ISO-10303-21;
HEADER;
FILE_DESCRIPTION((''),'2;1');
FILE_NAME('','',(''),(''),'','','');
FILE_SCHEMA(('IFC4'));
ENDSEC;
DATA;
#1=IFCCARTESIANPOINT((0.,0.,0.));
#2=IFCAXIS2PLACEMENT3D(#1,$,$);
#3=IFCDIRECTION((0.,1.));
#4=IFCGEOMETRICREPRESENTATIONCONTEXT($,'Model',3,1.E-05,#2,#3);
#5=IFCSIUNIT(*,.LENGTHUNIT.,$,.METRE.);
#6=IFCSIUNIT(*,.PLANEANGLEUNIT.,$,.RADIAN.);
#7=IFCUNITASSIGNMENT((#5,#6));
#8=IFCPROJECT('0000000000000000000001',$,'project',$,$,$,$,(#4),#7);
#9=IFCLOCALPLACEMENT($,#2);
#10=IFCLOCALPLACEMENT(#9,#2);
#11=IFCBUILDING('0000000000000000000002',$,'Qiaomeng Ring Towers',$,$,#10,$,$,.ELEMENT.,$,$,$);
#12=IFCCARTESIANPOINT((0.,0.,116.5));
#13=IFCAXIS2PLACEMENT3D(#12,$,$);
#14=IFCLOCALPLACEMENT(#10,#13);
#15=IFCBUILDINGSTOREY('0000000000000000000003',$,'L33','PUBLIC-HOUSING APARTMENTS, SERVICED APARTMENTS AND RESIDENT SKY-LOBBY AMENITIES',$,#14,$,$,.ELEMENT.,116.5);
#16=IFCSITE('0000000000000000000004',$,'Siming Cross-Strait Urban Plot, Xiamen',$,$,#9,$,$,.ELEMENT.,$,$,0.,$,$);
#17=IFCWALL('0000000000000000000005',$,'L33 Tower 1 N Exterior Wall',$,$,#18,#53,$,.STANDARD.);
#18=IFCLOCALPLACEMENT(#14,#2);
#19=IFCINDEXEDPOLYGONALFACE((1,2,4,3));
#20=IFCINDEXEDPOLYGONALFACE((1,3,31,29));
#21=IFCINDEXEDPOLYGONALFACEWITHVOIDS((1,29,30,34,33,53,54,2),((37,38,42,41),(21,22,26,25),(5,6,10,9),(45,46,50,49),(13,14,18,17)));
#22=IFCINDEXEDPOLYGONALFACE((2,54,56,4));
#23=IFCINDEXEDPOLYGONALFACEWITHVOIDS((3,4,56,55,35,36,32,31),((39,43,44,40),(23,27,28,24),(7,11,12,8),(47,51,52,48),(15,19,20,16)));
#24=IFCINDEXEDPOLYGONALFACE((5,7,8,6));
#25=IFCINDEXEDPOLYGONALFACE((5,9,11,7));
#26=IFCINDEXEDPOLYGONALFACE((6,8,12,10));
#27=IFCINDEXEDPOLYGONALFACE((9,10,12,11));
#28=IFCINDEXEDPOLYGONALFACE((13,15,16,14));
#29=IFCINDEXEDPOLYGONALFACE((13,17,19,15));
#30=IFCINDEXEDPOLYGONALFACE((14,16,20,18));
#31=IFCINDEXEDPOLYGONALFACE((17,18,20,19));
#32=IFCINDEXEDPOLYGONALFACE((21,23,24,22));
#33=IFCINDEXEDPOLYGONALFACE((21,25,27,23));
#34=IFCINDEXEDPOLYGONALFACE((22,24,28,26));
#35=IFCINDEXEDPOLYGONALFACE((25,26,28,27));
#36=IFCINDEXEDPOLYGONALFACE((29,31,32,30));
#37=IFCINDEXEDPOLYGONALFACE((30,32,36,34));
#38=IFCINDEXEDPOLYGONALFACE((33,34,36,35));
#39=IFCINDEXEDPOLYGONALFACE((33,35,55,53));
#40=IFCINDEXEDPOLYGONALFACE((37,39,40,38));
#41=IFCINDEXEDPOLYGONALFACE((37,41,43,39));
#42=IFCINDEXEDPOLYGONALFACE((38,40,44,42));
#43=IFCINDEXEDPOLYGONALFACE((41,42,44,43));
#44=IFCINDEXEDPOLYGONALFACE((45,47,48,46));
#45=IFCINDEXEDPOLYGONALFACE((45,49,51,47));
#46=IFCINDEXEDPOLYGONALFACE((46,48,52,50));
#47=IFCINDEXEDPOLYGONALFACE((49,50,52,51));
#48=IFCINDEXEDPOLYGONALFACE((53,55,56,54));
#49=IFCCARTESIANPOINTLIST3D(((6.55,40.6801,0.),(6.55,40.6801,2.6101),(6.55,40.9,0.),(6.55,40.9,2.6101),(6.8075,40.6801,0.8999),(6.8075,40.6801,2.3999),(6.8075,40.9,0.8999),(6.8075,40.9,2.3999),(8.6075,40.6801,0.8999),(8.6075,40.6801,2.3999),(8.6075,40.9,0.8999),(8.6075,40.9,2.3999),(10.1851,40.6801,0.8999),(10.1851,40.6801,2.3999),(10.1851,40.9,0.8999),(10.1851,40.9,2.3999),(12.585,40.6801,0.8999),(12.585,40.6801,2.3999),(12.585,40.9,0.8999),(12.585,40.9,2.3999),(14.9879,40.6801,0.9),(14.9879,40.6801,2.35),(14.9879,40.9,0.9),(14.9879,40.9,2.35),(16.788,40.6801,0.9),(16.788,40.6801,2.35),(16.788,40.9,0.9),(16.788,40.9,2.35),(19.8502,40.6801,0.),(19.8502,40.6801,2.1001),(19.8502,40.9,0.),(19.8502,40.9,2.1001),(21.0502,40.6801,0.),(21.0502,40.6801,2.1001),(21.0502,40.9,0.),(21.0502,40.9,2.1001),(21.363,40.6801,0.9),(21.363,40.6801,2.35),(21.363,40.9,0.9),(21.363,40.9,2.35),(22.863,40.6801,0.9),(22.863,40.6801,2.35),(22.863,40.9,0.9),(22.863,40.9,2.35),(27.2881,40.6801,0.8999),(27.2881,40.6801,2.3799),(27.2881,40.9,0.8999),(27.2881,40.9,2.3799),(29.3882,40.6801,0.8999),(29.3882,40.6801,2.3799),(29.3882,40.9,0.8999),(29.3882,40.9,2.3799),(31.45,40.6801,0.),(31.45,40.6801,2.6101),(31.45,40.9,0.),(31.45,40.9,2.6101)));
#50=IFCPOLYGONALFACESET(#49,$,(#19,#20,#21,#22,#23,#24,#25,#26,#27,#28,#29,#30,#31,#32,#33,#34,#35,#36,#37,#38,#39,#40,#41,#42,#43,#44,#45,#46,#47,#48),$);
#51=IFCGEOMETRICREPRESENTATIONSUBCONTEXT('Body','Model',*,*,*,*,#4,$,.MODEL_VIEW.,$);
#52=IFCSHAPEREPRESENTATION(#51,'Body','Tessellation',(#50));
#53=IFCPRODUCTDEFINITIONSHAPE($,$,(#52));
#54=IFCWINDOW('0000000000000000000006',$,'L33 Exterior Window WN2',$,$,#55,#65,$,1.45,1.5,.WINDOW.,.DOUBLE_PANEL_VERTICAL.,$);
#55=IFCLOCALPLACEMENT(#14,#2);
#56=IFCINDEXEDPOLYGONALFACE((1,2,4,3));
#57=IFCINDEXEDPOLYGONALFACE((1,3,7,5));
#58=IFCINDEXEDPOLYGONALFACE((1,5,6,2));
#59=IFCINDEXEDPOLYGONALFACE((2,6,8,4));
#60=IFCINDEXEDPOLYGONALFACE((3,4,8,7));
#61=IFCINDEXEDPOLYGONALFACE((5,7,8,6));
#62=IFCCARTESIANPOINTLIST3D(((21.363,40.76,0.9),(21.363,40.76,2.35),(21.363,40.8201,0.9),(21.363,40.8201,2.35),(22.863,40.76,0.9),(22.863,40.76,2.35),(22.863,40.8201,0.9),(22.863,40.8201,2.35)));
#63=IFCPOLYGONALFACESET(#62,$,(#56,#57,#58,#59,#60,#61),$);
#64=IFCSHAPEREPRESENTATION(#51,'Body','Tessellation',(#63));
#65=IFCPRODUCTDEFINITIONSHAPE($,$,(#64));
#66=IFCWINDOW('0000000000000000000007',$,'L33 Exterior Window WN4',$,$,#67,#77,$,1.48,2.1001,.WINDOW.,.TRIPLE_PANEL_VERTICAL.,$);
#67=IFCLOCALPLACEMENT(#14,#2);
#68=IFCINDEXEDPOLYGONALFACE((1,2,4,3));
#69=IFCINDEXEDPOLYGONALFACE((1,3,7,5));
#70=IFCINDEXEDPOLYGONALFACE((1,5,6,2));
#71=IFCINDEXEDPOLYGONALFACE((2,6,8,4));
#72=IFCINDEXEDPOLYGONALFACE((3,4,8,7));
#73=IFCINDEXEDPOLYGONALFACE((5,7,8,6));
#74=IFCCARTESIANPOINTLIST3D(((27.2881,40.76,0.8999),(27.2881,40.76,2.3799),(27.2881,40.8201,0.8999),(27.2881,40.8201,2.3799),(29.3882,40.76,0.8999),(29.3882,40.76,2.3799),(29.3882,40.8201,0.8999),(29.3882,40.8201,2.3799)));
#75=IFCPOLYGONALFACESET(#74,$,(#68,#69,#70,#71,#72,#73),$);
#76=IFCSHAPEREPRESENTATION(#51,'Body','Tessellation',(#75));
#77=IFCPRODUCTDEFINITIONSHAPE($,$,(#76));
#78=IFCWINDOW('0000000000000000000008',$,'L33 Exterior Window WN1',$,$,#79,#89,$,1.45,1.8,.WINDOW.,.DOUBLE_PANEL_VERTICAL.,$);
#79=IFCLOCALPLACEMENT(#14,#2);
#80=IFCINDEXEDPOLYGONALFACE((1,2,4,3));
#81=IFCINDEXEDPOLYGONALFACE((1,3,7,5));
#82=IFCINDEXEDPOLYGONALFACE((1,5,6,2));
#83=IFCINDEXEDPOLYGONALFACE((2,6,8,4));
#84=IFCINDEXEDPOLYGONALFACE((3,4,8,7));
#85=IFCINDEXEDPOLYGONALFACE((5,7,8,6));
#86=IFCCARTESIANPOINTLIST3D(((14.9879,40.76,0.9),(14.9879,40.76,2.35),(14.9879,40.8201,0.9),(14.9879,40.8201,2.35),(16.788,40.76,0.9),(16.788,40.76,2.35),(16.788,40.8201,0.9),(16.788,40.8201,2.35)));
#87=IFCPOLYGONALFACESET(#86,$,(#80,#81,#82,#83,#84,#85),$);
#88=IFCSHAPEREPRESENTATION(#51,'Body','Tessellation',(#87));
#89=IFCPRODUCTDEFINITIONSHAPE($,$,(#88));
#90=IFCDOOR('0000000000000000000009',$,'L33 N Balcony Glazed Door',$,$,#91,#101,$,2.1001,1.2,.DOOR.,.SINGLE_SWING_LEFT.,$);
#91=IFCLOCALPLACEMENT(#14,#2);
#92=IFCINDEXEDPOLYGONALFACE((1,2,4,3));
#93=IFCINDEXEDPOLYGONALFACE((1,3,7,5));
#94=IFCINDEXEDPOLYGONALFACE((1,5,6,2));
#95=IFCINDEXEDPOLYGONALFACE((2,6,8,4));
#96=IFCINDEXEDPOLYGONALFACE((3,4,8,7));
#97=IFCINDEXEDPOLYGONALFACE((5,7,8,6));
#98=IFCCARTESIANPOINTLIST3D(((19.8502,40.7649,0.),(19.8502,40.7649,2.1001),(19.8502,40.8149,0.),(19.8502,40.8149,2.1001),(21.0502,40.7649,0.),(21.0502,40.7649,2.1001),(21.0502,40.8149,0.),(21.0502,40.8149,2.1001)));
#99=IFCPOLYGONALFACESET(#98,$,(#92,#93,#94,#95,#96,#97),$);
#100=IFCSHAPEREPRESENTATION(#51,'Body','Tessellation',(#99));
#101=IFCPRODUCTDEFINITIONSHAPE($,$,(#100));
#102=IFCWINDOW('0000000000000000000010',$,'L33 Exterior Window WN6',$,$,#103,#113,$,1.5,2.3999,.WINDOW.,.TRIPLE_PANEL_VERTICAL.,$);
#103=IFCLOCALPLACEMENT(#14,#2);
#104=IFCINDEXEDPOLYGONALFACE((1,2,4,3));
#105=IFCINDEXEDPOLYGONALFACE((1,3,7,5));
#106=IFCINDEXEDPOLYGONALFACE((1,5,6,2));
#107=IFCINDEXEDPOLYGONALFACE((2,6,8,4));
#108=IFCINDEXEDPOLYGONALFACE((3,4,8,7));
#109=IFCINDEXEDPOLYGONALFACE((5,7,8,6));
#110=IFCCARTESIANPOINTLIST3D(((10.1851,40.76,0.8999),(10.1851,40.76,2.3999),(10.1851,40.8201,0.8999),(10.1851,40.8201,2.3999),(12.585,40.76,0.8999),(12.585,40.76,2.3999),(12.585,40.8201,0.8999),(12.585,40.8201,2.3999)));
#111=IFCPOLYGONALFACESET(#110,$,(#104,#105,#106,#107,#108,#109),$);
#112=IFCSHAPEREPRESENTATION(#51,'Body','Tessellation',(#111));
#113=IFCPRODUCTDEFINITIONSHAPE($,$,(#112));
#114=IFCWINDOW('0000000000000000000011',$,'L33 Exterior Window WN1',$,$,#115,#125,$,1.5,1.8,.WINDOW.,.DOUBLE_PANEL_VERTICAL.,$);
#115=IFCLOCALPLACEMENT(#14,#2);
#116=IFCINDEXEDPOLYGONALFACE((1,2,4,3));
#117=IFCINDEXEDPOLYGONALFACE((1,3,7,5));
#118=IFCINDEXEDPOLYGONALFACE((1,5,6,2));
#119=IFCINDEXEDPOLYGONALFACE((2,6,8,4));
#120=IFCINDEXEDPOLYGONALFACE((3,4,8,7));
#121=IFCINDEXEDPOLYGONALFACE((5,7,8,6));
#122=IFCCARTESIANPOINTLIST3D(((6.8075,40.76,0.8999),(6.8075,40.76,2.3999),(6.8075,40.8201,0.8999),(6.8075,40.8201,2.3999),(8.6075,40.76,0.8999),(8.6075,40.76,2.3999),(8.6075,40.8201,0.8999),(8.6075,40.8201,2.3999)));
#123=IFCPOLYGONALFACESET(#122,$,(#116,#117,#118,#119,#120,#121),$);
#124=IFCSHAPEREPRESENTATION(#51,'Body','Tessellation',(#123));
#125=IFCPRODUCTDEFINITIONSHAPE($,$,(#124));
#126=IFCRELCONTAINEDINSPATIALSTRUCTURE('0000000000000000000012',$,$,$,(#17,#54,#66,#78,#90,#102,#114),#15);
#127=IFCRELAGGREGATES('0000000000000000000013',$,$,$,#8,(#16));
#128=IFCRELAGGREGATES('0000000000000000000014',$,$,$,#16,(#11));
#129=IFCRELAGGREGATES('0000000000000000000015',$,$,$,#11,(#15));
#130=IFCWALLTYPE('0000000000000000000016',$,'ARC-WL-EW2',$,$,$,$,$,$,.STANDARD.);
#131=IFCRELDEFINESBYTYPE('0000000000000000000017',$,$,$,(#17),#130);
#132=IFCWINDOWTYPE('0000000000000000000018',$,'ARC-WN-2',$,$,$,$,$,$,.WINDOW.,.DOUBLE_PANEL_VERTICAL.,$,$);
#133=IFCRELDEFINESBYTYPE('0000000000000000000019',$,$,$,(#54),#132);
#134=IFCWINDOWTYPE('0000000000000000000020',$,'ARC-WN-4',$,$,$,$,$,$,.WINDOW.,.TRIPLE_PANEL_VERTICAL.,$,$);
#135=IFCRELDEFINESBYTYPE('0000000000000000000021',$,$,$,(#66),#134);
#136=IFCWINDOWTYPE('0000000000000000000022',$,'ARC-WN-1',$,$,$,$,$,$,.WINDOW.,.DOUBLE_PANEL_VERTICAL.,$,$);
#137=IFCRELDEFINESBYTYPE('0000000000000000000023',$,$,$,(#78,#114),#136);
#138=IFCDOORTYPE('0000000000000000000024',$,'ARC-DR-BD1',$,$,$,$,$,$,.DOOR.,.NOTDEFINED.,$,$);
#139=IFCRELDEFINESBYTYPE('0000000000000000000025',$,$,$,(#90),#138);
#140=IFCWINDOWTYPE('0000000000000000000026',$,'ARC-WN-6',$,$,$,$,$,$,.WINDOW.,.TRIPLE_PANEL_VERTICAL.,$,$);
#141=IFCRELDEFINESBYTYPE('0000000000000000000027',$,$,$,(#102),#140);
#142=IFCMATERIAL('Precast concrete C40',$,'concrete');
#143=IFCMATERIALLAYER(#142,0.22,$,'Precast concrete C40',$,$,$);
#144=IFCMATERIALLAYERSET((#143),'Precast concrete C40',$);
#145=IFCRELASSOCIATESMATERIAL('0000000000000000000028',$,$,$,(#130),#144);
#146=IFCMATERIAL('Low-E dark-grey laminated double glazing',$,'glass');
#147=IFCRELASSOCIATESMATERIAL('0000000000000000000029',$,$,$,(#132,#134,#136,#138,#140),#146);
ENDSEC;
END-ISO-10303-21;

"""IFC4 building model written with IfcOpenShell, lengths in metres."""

from ifc_helpers import new_model, si_unit, direction, frame, frame_2d, origin, place, context, subcontext, project, spatial, rectangle, extrude, source, transform, mapped, material, layer, layer_set, type_object, element, fill, save


model = new_model("IFC4")

# Units and contexts
model_context = context("Model", 3, precision=1e-05, world=origin(), true_north=direction((0.0, 1.0)))
body_context = subcontext(model_context, "Body", "Model", "MODEL_VIEW")
ifc_project = project(units=[si_unit("LENGTHUNIT", "METRE"), si_unit("PLANEANGLEUNIT", "RADIAN")], contexts=[model_context])

# Site, building, storey
site_placement = place(None, origin())
site = spatial("IfcSite", under=ifc_project, at=site_placement, Name="Siming Cross-Strait Urban Plot, Xiamen", CompositionType="ELEMENT", RefElevation=0.0)
building_placement = place(site_placement, origin())
building = spatial("IfcBuilding", under=site, at=building_placement, Name="Qiaomeng Ring Towers", CompositionType="ELEMENT")
storey_placement = place(building_placement, frame((0.0, 0.0, 116.5)))
storey = spatial("IfcBuildingStorey", under=building, at=storey_placement, Name="L33", Description="PUBLIC-HOUSING APARTMENTS, SERVICED APARTMENTS AND RESIDENT SKY-LOBBY AMENITIES", CompositionType="ELEMENT", Elevation=116.5)

# Shared definitions
ifc_material_1 = material(Name="Low-E dark-grey laminated double glazing", Category="glass")

# Wall, openings, windows, door
ifc_material_2 = material(Name="Precast concrete C40", Category="concrete")
ifc_layer_1 = layer(ifc_material_2, 0.22, Name="Precast concrete C40")
ifc_layer_set_1 = layer_set([ifc_layer_1], Name="Precast concrete C40")
wall_type_1 = type_object("IfcWallType", Name="ARC-WL-EW2", PredefinedType="STANDARD", material=ifc_layer_set_1)
wall_1_placement = place(storey_placement, frame((6.55, 40.79, 0.0), z_axis=(0.0, 0.0, 1.0), x_axis=(1.0, 0.0, 0.0)))
wall_1 = element("IfcWall", 1, at=wall_1_placement, inside=storey, type_object=wall_type_1, Name="L33 Tower 1 N Exterior Wall", PredefinedType="STANDARD", context=body_context, shape_type="SweptSolid", body=[
    extrude(rectangle(XDim=24.8999, YDim=0.22, at=frame_2d((12.45, 0.0))), origin(), (0.0, 0.0, 1.0), 2.6101),
])
opening_1_placement = place(wall_1_placement, frame((13.3, 0.0, 0.0)))
opening_1 = element("IfcOpeningElement", 2, at=opening_1_placement, cuts=wall_1, PredefinedType="OPENING", context=body_context, shape_type="SweptSolid", body=[
    extrude(rectangle(XDim=1.2, YDim=2.1001, at=frame_2d((0.6001, 1.05))), frame((0.0, 0.1199, 0.0), z_axis=(0.0, -1.0, 0.0), x_axis=(1.0, 0.0, 0.0)), (0.0, 0.0, 1.0), 0.24),
])
opening_2_placement = place(wall_1_placement, frame((3.635, 0.0, 0.8999)))
opening_2 = element("IfcOpeningElement", 3, at=opening_2_placement, cuts=wall_1, PredefinedType="OPENING", context=body_context, shape_type="SweptSolid", body=[
    extrude(rectangle(XDim=2.3999, YDim=1.5, at=frame_2d((1.2, 0.75))), frame((0.0, 0.1199, 0.0), z_axis=(0.0, -1.0, 0.0), x_axis=(1.0, 0.0, 0.0)), (0.0, 0.0, 1.0), 0.24),
])
opening_3_placement = place(wall_1_placement, frame((8.438, 0.0, 0.8999)))
opening_3 = element("IfcOpeningElement", 4, at=opening_3_placement, cuts=wall_1, PredefinedType="OPENING", context=body_context, shape_type="SweptSolid", body=[
    extrude(rectangle(XDim=1.8, YDim=1.45, at=frame_2d((0.8999, 0.7251))), frame((0.0, 0.1199, 0.0), z_axis=(0.0, -1.0, 0.0), x_axis=(1.0, 0.0, 0.0)), (0.0, 0.0, 1.0), 0.24),
])
opening_4_placement = place(wall_1_placement, frame((14.813, 0.0, 0.8999)))
opening_4 = element("IfcOpeningElement", 5, at=opening_4_placement, cuts=wall_1, PredefinedType="OPENING", context=body_context, shape_type="SweptSolid", body=[
    extrude(rectangle(XDim=1.5, YDim=1.45, at=frame_2d((0.75, 0.7251))), frame((0.0, 0.1199, 0.0), z_axis=(0.0, -1.0, 0.0), x_axis=(1.0, 0.0, 0.0)), (0.0, 0.0, 1.0), 0.24),
])
opening_5_placement = place(wall_1_placement, frame((20.738, 0.0, 0.8999)))
opening_5 = element("IfcOpeningElement", 6, at=opening_5_placement, cuts=wall_1, PredefinedType="OPENING", context=body_context, shape_type="SweptSolid", body=[
    extrude(rectangle(XDim=2.1001, YDim=1.48, at=frame_2d((1.05, 0.74))), frame((0.0, 0.1199, 0.0), z_axis=(0.0, -1.0, 0.0), x_axis=(1.0, 0.0, 0.0)), (0.0, 0.0, 1.0), 0.24),
])
opening_6_placement = place(wall_1_placement, frame((0.2576, 0.0, 0.8999)))
opening_6 = element("IfcOpeningElement", 7, at=opening_6_placement, cuts=wall_1, PredefinedType="OPENING", context=body_context, shape_type="SweptSolid", body=[
    extrude(rectangle(XDim=1.8, YDim=1.5, at=frame_2d((0.8999, 0.75))), frame((0.0, 0.1199, 0.0), z_axis=(0.0, -1.0, 0.0), x_axis=(1.0, 0.0, 0.0)), (0.0, 0.0, 1.0), 0.24),
])
window_type_1 = type_object("IfcWindowType", Name="ARC-WN-2", PartitioningType="DOUBLE_PANEL_VERTICAL", PredefinedType="WINDOW", material=ifc_material_1)
shared_shape_1 = source(origin(), body_context, "Body", "SweptSolid", [
    extrude(rectangle(XDim=1.5, YDim=1.45, at=frame_2d((0.75, 0.7251))), frame((0.0, 0.03, 0.0), z_axis=(0.0, -1.0, 0.0), x_axis=(1.0, 0.0, 0.0)), (0.0, 0.0, 1.0), 0.0601),
])
window_1_placement = place(opening_4_placement, origin())
window_1 = element("IfcWindow", 8, at=window_1_placement, inside=storey, type_object=window_type_1, Name="L33 Exterior Window WN2", OverallHeight=1.45, OverallWidth=1.5, PartitioningType="DOUBLE_PANEL_VERTICAL", PredefinedType="WINDOW", context=body_context, shape_type="MappedRepresentation", body=[
    mapped(shared_shape_1, transform((0.0, 0.0, 0.0), x_axis=(1.0, 0.0, 0.0), y_axis=(0.0, 1.0, 0.0), z_axis=(0.0, 0.0, 1.0), scale=1.0)),
])
fill(opening_4, window_1)
window_type_2 = type_object("IfcWindowType", Name="ARC-WN-4", PartitioningType="TRIPLE_PANEL_VERTICAL", PredefinedType="WINDOW", material=ifc_material_1)
shared_shape_2 = source(origin(), body_context, "Body", "SweptSolid", [
    extrude(rectangle(XDim=2.1001, YDim=1.48, at=frame_2d((1.05, 0.74))), frame((0.0, 0.03, 0.0), z_axis=(0.0, -1.0, 0.0), x_axis=(1.0, 0.0, 0.0)), (0.0, 0.0, 1.0), 0.0601),
])
window_2_placement = place(opening_5_placement, origin())
window_2 = element("IfcWindow", 9, at=window_2_placement, inside=storey, type_object=window_type_2, Name="L33 Exterior Window WN4", OverallHeight=1.48, OverallWidth=2.1001, PartitioningType="TRIPLE_PANEL_VERTICAL", PredefinedType="WINDOW", context=body_context, shape_type="MappedRepresentation", body=[
    mapped(shared_shape_2, transform((0.0, 0.0, 0.0), x_axis=(1.0, 0.0, 0.0), y_axis=(0.0, 1.0, 0.0), z_axis=(0.0, 0.0, 1.0), scale=1.0)),
])
fill(opening_5, window_2)
window_type_3 = type_object("IfcWindowType", Name="ARC-WN-1", PartitioningType="DOUBLE_PANEL_VERTICAL", PredefinedType="WINDOW", material=ifc_material_1)
shared_shape_3 = source(origin(), body_context, "Body", "SweptSolid", [
    extrude(rectangle(XDim=1.8, YDim=1.45, at=frame_2d((0.8999, 0.7251))), frame((0.0, 0.03, 0.0), z_axis=(0.0, -1.0, 0.0), x_axis=(1.0, 0.0, 0.0)), (0.0, 0.0, 1.0), 0.0601),
])
window_3_placement = place(opening_3_placement, origin())
window_3 = element("IfcWindow", 10, at=window_3_placement, inside=storey, type_object=window_type_3, Name="L33 Exterior Window WN1", OverallHeight=1.45, OverallWidth=1.8, PartitioningType="DOUBLE_PANEL_VERTICAL", PredefinedType="WINDOW", context=body_context, shape_type="MappedRepresentation", body=[
    mapped(shared_shape_3, transform((0.0, 0.0, 0.0), x_axis=(1.0, 0.0, 0.0), y_axis=(0.0, 1.0, 0.0), z_axis=(0.0, 0.0, 1.0), scale=1.0)),
])
fill(opening_3, window_3)
door_type_1 = type_object("IfcDoorType", Name="ARC-DR-BD1", OperationType="NOTDEFINED", PredefinedType="DOOR", material=ifc_material_1)
shared_shape_4 = source(origin(), body_context, "Body", "SweptSolid", [
    extrude(rectangle(XDim=1.2, YDim=2.1001, at=frame_2d((0.6001, 1.05))), frame((0.0, 0.0249, 0.0), z_axis=(0.0, -1.0, 0.0), x_axis=(1.0, 0.0, 0.0)), (0.0, 0.0, 1.0), 0.05),
])
door_1_placement = place(opening_1_placement, origin())
door_1 = element("IfcDoor", 11, at=door_1_placement, inside=storey, type_object=door_type_1, Name="L33 N Balcony Glazed Door", OperationType="SINGLE_SWING_LEFT", OverallHeight=2.1001, OverallWidth=1.2, PredefinedType="DOOR", context=body_context, shape_type="MappedRepresentation", body=[
    mapped(shared_shape_4, transform((0.0, 0.0, 0.0), x_axis=(1.0, 0.0, 0.0), y_axis=(0.0, 1.0, 0.0), z_axis=(0.0, 0.0, 1.0), scale=1.0)),
])
fill(opening_1, door_1)
window_type_4 = type_object("IfcWindowType", Name="ARC-WN-6", PartitioningType="TRIPLE_PANEL_VERTICAL", PredefinedType="WINDOW", material=ifc_material_1)
shared_shape_5 = source(origin(), body_context, "Body", "SweptSolid", [
    extrude(rectangle(XDim=2.3999, YDim=1.5, at=frame_2d((1.2, 0.75))), frame((0.0, 0.03, 0.0), z_axis=(0.0, -1.0, 0.0), x_axis=(1.0, 0.0, 0.0)), (0.0, 0.0, 1.0), 0.0601),
])
window_4_placement = place(opening_2_placement, origin())
window_4 = element("IfcWindow", 12, at=window_4_placement, inside=storey, type_object=window_type_4, Name="L33 Exterior Window WN6", OverallHeight=1.5, OverallWidth=2.3999, PartitioningType="TRIPLE_PANEL_VERTICAL", PredefinedType="WINDOW", context=body_context, shape_type="MappedRepresentation", body=[
    mapped(shared_shape_5, transform((0.0, 0.0, 0.0), x_axis=(1.0, 0.0, 0.0), y_axis=(0.0, 1.0, 0.0), z_axis=(0.0, 0.0, 1.0), scale=1.0)),
])
fill(opening_2, window_4)
shared_shape_6 = source(origin(), body_context, "Body", "SweptSolid", [
    extrude(rectangle(XDim=1.8, YDim=1.5, at=frame_2d((0.8999, 0.75))), frame((0.0, 0.03, 0.0), z_axis=(0.0, -1.0, 0.0), x_axis=(1.0, 0.0, 0.0)), (0.0, 0.0, 1.0), 0.0601),
])
window_5_placement = place(opening_6_placement, origin())
window_5 = element("IfcWindow", 13, at=window_5_placement, inside=storey, type_object=window_type_3, Name="L33 Exterior Window WN1", OverallHeight=1.5, OverallWidth=1.8, PartitioningType="DOUBLE_PANEL_VERTICAL", PredefinedType="WINDOW", context=body_context, shape_type="MappedRepresentation", body=[
    mapped(shared_shape_6, transform((0.0, 0.0, 0.0), x_axis=(1.0, 0.0, 0.0), y_axis=(0.0, 1.0, 0.0), z_axis=(0.0, 0.0, 1.0), scale=1.0)),
])
fill(opening_6, window_5)

save(model, "model.ifc")
